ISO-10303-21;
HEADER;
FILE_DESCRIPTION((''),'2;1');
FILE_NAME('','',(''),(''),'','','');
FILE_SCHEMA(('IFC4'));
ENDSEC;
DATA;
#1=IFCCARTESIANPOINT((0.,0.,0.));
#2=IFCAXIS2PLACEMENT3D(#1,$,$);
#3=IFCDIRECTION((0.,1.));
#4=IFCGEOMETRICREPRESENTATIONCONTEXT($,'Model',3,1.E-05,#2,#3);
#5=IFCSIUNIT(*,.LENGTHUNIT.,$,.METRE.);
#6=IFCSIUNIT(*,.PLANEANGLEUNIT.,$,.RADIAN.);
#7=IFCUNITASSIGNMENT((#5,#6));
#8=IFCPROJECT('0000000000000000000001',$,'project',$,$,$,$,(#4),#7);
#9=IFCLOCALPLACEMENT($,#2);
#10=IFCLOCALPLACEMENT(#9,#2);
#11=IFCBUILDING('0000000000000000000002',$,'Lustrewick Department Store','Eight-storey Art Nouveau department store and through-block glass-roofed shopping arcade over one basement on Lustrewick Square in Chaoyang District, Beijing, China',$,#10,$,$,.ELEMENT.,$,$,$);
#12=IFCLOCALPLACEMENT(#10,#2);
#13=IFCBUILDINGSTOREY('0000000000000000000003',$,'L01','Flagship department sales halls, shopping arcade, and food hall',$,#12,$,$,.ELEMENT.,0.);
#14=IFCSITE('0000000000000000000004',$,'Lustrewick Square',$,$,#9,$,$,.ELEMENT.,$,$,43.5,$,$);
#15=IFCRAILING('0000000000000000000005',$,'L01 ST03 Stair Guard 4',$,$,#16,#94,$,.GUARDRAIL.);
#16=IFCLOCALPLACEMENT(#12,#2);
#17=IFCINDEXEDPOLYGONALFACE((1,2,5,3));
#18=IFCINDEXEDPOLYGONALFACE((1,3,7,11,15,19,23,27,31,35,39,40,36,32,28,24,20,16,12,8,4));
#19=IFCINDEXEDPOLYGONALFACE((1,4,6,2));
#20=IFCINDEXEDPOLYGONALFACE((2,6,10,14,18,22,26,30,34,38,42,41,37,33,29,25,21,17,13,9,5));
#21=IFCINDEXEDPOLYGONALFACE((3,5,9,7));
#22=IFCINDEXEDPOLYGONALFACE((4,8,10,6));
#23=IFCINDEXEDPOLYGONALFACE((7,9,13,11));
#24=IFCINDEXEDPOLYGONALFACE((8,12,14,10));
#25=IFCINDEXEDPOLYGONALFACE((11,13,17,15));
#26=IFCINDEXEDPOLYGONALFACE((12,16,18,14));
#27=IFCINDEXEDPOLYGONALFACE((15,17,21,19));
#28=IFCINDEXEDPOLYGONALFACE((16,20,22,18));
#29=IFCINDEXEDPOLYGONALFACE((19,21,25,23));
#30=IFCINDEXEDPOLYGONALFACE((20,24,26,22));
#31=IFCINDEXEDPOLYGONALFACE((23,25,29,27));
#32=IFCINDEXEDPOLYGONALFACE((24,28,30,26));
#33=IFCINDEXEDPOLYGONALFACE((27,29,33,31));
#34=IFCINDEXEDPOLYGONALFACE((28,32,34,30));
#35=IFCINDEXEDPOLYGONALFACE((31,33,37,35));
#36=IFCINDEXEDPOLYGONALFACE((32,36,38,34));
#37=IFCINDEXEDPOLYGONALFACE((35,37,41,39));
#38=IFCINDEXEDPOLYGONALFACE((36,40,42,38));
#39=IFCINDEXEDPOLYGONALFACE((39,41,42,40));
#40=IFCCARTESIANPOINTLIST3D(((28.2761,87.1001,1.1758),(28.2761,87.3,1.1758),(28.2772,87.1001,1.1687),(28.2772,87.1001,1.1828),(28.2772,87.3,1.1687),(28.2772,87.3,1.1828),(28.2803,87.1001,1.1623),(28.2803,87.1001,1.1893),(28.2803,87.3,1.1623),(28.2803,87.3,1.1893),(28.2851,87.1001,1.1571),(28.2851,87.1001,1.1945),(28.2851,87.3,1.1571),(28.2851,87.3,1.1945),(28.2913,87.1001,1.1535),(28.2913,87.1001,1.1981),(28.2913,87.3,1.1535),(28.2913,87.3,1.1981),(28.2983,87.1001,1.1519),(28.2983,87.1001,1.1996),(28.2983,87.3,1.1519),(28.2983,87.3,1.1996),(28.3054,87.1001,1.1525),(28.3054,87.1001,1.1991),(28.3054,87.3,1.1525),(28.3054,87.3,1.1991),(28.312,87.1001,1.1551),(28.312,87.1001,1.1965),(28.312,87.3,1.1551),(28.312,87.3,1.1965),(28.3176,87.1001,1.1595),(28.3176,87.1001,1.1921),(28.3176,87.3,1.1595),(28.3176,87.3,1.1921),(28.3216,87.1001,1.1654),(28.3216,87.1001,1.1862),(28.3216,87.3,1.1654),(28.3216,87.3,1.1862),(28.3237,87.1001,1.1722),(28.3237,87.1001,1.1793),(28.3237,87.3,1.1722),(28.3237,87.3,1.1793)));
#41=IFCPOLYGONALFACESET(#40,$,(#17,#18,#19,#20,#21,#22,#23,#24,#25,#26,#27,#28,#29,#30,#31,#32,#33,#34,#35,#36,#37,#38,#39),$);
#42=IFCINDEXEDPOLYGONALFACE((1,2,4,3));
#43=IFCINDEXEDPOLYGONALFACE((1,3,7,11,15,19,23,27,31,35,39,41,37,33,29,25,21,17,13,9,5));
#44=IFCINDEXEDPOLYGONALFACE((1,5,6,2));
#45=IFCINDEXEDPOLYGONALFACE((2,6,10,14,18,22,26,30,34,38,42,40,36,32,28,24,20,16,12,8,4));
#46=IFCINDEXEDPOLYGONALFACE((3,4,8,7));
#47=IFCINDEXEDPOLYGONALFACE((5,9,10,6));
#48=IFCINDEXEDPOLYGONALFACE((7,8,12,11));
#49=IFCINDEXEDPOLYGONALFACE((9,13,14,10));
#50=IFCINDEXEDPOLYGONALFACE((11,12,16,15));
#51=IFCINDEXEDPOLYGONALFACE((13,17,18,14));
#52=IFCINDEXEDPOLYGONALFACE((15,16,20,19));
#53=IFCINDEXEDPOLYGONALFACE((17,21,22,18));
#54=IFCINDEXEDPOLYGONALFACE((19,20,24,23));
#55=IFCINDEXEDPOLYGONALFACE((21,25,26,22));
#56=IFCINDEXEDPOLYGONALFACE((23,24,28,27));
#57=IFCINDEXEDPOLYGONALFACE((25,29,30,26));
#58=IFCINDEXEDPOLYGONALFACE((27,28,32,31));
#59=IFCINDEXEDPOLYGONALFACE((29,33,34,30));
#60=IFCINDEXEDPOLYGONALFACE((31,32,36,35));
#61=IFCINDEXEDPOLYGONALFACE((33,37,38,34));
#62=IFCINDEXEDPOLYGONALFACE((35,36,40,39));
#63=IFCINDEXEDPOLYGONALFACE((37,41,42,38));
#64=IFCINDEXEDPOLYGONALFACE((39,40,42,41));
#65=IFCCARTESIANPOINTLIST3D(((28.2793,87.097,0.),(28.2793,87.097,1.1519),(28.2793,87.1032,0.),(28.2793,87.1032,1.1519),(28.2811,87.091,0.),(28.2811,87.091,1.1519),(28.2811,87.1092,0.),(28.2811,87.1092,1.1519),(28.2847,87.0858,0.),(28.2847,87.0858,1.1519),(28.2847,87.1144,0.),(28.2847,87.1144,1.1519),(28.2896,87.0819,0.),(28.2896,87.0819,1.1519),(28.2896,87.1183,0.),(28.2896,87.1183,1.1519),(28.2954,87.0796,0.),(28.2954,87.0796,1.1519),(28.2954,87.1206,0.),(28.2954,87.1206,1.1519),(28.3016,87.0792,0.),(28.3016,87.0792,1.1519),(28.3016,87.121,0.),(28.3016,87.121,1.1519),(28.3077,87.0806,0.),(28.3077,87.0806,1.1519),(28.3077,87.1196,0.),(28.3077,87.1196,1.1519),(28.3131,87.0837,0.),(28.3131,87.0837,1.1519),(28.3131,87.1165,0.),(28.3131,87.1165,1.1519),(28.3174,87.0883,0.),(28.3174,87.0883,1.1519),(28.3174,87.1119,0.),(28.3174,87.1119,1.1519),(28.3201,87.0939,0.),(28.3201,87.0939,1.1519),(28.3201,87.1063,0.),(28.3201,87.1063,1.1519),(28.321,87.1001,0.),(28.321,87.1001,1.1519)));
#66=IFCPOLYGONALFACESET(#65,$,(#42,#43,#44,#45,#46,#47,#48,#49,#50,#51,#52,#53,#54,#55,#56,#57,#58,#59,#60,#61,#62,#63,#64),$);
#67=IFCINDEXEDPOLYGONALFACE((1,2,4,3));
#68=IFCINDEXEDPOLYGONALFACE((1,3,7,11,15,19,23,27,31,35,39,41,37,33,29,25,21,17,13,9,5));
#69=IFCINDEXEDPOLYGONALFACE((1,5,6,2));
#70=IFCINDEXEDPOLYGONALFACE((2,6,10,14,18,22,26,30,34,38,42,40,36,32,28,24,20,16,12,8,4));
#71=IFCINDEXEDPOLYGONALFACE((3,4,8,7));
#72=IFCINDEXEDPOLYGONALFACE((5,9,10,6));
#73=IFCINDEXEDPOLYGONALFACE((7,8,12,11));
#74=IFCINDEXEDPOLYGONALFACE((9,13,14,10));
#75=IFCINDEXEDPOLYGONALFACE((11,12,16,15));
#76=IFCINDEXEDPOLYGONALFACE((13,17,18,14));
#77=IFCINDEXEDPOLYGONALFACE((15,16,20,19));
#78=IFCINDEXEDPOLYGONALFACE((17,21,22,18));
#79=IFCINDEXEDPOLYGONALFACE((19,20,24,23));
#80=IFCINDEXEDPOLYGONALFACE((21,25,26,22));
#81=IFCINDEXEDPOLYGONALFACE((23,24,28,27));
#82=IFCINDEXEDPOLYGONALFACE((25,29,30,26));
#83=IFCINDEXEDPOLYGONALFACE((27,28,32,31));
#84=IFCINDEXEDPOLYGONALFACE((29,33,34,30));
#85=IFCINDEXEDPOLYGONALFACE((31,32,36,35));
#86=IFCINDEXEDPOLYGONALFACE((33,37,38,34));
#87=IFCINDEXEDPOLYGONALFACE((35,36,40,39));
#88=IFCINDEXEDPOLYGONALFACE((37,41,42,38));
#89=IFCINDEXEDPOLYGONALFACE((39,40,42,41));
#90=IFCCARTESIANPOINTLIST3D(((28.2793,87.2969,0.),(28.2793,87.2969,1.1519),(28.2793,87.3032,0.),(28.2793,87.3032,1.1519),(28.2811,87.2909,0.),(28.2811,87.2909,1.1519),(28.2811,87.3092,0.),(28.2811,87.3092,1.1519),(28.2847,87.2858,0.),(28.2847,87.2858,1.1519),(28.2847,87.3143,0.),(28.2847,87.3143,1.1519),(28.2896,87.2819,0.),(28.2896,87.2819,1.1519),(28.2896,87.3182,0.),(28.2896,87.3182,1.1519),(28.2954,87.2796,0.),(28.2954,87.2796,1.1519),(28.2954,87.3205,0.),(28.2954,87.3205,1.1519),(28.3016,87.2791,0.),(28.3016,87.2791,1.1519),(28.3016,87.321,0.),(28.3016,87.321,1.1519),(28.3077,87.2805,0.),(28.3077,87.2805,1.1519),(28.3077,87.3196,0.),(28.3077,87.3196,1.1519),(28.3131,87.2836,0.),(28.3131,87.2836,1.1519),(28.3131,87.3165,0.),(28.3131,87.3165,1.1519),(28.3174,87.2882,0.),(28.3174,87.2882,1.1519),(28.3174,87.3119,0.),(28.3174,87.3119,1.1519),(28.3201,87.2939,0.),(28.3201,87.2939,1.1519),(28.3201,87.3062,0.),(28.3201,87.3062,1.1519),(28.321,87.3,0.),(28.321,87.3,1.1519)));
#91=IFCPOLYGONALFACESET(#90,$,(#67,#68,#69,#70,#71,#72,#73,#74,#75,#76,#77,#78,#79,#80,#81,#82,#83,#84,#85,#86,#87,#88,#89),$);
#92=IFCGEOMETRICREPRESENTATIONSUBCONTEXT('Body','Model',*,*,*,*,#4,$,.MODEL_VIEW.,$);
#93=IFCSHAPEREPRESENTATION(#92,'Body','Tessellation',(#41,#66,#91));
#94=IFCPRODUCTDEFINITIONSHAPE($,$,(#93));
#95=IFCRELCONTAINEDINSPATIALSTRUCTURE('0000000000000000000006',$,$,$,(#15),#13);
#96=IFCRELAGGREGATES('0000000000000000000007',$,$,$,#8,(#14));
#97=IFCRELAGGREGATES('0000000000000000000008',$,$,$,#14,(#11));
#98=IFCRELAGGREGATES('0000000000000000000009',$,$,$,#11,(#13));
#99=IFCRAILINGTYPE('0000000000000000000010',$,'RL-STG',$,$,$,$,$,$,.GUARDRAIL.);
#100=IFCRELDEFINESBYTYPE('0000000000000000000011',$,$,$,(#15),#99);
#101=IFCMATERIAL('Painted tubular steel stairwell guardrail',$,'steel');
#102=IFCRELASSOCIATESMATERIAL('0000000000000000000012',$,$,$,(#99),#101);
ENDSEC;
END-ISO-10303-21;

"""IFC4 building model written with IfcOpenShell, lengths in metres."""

from ifc_helpers import new_model, si_unit, direction, frame, origin, origin_2d, place, context, subcontext, project, spatial, circle, extrude, material, type_object, element, save


model = new_model("IFC4")

# Units and contexts
model_context = context("Model", 3, precision=1e-05, world=origin(), true_north=direction((0.0, 1.0)))
body_context = subcontext(model_context, "Body", "Model", "MODEL_VIEW")
ifc_project = project(units=[si_unit("LENGTHUNIT", "METRE"), si_unit("PLANEANGLEUNIT", "RADIAN")], contexts=[model_context])

# Site, building, storey
site_placement = place(None, origin())
site = spatial("IfcSite", under=ifc_project, at=site_placement, Name="Lustrewick Square", CompositionType="ELEMENT", RefElevation=43.5)
building_placement = place(site_placement, origin())
building = spatial("IfcBuilding", under=site, at=building_placement, Name="Lustrewick Department Store", Description="Eight-storey Art Nouveau department store and through-block glass-roofed shopping arcade over one basement on Lustrewick Square in Chaoyang District, Beijing, China", CompositionType="ELEMENT")
storey_placement = place(building_placement, origin())
storey = spatial("IfcBuildingStorey", under=building, at=storey_placement, Name="L01", Description="Flagship department sales halls, shopping arcade, and food hall", CompositionType="ELEMENT", Elevation=0.0)

# Railing
ifc_material_1 = material(Name="Painted tubular steel stairwell guardrail", Category="steel")
railing_type_1 = type_object("IfcRailingType", Name="RL-STG", PredefinedType="GUARDRAIL", material=ifc_material_1)
railing_1_placement = place(storey_placement, frame((28.3, 87.1001, 0.0)))
element("IfcRailing", 1, at=railing_1_placement, inside=storey, type_object=railing_type_1, Name="L01 ST03 Stair Guard 4", PredefinedType="GUARDRAIL", context=body_context, shape_type="SweptSolid", body=[
    extrude(circle(Radius=0.0239, at=origin_2d()), frame((0.0, 0.0, 1.1758), z_axis=(0.0, 1.0, 0.0), x_axis=(-1.0, 0.0, 0.0)), (0.0, 0.0, 1.0), 0.2),
    extrude(circle(Radius=0.021, at=origin_2d()), origin(), (0.0, 0.0, 1.0), 1.1519),
    extrude(circle(Radius=0.021, at=origin_2d()), frame((0.0, 0.2, 0.0)), (0.0, 0.0, 1.0), 1.1519),
])

save(model, "model.ifc")
